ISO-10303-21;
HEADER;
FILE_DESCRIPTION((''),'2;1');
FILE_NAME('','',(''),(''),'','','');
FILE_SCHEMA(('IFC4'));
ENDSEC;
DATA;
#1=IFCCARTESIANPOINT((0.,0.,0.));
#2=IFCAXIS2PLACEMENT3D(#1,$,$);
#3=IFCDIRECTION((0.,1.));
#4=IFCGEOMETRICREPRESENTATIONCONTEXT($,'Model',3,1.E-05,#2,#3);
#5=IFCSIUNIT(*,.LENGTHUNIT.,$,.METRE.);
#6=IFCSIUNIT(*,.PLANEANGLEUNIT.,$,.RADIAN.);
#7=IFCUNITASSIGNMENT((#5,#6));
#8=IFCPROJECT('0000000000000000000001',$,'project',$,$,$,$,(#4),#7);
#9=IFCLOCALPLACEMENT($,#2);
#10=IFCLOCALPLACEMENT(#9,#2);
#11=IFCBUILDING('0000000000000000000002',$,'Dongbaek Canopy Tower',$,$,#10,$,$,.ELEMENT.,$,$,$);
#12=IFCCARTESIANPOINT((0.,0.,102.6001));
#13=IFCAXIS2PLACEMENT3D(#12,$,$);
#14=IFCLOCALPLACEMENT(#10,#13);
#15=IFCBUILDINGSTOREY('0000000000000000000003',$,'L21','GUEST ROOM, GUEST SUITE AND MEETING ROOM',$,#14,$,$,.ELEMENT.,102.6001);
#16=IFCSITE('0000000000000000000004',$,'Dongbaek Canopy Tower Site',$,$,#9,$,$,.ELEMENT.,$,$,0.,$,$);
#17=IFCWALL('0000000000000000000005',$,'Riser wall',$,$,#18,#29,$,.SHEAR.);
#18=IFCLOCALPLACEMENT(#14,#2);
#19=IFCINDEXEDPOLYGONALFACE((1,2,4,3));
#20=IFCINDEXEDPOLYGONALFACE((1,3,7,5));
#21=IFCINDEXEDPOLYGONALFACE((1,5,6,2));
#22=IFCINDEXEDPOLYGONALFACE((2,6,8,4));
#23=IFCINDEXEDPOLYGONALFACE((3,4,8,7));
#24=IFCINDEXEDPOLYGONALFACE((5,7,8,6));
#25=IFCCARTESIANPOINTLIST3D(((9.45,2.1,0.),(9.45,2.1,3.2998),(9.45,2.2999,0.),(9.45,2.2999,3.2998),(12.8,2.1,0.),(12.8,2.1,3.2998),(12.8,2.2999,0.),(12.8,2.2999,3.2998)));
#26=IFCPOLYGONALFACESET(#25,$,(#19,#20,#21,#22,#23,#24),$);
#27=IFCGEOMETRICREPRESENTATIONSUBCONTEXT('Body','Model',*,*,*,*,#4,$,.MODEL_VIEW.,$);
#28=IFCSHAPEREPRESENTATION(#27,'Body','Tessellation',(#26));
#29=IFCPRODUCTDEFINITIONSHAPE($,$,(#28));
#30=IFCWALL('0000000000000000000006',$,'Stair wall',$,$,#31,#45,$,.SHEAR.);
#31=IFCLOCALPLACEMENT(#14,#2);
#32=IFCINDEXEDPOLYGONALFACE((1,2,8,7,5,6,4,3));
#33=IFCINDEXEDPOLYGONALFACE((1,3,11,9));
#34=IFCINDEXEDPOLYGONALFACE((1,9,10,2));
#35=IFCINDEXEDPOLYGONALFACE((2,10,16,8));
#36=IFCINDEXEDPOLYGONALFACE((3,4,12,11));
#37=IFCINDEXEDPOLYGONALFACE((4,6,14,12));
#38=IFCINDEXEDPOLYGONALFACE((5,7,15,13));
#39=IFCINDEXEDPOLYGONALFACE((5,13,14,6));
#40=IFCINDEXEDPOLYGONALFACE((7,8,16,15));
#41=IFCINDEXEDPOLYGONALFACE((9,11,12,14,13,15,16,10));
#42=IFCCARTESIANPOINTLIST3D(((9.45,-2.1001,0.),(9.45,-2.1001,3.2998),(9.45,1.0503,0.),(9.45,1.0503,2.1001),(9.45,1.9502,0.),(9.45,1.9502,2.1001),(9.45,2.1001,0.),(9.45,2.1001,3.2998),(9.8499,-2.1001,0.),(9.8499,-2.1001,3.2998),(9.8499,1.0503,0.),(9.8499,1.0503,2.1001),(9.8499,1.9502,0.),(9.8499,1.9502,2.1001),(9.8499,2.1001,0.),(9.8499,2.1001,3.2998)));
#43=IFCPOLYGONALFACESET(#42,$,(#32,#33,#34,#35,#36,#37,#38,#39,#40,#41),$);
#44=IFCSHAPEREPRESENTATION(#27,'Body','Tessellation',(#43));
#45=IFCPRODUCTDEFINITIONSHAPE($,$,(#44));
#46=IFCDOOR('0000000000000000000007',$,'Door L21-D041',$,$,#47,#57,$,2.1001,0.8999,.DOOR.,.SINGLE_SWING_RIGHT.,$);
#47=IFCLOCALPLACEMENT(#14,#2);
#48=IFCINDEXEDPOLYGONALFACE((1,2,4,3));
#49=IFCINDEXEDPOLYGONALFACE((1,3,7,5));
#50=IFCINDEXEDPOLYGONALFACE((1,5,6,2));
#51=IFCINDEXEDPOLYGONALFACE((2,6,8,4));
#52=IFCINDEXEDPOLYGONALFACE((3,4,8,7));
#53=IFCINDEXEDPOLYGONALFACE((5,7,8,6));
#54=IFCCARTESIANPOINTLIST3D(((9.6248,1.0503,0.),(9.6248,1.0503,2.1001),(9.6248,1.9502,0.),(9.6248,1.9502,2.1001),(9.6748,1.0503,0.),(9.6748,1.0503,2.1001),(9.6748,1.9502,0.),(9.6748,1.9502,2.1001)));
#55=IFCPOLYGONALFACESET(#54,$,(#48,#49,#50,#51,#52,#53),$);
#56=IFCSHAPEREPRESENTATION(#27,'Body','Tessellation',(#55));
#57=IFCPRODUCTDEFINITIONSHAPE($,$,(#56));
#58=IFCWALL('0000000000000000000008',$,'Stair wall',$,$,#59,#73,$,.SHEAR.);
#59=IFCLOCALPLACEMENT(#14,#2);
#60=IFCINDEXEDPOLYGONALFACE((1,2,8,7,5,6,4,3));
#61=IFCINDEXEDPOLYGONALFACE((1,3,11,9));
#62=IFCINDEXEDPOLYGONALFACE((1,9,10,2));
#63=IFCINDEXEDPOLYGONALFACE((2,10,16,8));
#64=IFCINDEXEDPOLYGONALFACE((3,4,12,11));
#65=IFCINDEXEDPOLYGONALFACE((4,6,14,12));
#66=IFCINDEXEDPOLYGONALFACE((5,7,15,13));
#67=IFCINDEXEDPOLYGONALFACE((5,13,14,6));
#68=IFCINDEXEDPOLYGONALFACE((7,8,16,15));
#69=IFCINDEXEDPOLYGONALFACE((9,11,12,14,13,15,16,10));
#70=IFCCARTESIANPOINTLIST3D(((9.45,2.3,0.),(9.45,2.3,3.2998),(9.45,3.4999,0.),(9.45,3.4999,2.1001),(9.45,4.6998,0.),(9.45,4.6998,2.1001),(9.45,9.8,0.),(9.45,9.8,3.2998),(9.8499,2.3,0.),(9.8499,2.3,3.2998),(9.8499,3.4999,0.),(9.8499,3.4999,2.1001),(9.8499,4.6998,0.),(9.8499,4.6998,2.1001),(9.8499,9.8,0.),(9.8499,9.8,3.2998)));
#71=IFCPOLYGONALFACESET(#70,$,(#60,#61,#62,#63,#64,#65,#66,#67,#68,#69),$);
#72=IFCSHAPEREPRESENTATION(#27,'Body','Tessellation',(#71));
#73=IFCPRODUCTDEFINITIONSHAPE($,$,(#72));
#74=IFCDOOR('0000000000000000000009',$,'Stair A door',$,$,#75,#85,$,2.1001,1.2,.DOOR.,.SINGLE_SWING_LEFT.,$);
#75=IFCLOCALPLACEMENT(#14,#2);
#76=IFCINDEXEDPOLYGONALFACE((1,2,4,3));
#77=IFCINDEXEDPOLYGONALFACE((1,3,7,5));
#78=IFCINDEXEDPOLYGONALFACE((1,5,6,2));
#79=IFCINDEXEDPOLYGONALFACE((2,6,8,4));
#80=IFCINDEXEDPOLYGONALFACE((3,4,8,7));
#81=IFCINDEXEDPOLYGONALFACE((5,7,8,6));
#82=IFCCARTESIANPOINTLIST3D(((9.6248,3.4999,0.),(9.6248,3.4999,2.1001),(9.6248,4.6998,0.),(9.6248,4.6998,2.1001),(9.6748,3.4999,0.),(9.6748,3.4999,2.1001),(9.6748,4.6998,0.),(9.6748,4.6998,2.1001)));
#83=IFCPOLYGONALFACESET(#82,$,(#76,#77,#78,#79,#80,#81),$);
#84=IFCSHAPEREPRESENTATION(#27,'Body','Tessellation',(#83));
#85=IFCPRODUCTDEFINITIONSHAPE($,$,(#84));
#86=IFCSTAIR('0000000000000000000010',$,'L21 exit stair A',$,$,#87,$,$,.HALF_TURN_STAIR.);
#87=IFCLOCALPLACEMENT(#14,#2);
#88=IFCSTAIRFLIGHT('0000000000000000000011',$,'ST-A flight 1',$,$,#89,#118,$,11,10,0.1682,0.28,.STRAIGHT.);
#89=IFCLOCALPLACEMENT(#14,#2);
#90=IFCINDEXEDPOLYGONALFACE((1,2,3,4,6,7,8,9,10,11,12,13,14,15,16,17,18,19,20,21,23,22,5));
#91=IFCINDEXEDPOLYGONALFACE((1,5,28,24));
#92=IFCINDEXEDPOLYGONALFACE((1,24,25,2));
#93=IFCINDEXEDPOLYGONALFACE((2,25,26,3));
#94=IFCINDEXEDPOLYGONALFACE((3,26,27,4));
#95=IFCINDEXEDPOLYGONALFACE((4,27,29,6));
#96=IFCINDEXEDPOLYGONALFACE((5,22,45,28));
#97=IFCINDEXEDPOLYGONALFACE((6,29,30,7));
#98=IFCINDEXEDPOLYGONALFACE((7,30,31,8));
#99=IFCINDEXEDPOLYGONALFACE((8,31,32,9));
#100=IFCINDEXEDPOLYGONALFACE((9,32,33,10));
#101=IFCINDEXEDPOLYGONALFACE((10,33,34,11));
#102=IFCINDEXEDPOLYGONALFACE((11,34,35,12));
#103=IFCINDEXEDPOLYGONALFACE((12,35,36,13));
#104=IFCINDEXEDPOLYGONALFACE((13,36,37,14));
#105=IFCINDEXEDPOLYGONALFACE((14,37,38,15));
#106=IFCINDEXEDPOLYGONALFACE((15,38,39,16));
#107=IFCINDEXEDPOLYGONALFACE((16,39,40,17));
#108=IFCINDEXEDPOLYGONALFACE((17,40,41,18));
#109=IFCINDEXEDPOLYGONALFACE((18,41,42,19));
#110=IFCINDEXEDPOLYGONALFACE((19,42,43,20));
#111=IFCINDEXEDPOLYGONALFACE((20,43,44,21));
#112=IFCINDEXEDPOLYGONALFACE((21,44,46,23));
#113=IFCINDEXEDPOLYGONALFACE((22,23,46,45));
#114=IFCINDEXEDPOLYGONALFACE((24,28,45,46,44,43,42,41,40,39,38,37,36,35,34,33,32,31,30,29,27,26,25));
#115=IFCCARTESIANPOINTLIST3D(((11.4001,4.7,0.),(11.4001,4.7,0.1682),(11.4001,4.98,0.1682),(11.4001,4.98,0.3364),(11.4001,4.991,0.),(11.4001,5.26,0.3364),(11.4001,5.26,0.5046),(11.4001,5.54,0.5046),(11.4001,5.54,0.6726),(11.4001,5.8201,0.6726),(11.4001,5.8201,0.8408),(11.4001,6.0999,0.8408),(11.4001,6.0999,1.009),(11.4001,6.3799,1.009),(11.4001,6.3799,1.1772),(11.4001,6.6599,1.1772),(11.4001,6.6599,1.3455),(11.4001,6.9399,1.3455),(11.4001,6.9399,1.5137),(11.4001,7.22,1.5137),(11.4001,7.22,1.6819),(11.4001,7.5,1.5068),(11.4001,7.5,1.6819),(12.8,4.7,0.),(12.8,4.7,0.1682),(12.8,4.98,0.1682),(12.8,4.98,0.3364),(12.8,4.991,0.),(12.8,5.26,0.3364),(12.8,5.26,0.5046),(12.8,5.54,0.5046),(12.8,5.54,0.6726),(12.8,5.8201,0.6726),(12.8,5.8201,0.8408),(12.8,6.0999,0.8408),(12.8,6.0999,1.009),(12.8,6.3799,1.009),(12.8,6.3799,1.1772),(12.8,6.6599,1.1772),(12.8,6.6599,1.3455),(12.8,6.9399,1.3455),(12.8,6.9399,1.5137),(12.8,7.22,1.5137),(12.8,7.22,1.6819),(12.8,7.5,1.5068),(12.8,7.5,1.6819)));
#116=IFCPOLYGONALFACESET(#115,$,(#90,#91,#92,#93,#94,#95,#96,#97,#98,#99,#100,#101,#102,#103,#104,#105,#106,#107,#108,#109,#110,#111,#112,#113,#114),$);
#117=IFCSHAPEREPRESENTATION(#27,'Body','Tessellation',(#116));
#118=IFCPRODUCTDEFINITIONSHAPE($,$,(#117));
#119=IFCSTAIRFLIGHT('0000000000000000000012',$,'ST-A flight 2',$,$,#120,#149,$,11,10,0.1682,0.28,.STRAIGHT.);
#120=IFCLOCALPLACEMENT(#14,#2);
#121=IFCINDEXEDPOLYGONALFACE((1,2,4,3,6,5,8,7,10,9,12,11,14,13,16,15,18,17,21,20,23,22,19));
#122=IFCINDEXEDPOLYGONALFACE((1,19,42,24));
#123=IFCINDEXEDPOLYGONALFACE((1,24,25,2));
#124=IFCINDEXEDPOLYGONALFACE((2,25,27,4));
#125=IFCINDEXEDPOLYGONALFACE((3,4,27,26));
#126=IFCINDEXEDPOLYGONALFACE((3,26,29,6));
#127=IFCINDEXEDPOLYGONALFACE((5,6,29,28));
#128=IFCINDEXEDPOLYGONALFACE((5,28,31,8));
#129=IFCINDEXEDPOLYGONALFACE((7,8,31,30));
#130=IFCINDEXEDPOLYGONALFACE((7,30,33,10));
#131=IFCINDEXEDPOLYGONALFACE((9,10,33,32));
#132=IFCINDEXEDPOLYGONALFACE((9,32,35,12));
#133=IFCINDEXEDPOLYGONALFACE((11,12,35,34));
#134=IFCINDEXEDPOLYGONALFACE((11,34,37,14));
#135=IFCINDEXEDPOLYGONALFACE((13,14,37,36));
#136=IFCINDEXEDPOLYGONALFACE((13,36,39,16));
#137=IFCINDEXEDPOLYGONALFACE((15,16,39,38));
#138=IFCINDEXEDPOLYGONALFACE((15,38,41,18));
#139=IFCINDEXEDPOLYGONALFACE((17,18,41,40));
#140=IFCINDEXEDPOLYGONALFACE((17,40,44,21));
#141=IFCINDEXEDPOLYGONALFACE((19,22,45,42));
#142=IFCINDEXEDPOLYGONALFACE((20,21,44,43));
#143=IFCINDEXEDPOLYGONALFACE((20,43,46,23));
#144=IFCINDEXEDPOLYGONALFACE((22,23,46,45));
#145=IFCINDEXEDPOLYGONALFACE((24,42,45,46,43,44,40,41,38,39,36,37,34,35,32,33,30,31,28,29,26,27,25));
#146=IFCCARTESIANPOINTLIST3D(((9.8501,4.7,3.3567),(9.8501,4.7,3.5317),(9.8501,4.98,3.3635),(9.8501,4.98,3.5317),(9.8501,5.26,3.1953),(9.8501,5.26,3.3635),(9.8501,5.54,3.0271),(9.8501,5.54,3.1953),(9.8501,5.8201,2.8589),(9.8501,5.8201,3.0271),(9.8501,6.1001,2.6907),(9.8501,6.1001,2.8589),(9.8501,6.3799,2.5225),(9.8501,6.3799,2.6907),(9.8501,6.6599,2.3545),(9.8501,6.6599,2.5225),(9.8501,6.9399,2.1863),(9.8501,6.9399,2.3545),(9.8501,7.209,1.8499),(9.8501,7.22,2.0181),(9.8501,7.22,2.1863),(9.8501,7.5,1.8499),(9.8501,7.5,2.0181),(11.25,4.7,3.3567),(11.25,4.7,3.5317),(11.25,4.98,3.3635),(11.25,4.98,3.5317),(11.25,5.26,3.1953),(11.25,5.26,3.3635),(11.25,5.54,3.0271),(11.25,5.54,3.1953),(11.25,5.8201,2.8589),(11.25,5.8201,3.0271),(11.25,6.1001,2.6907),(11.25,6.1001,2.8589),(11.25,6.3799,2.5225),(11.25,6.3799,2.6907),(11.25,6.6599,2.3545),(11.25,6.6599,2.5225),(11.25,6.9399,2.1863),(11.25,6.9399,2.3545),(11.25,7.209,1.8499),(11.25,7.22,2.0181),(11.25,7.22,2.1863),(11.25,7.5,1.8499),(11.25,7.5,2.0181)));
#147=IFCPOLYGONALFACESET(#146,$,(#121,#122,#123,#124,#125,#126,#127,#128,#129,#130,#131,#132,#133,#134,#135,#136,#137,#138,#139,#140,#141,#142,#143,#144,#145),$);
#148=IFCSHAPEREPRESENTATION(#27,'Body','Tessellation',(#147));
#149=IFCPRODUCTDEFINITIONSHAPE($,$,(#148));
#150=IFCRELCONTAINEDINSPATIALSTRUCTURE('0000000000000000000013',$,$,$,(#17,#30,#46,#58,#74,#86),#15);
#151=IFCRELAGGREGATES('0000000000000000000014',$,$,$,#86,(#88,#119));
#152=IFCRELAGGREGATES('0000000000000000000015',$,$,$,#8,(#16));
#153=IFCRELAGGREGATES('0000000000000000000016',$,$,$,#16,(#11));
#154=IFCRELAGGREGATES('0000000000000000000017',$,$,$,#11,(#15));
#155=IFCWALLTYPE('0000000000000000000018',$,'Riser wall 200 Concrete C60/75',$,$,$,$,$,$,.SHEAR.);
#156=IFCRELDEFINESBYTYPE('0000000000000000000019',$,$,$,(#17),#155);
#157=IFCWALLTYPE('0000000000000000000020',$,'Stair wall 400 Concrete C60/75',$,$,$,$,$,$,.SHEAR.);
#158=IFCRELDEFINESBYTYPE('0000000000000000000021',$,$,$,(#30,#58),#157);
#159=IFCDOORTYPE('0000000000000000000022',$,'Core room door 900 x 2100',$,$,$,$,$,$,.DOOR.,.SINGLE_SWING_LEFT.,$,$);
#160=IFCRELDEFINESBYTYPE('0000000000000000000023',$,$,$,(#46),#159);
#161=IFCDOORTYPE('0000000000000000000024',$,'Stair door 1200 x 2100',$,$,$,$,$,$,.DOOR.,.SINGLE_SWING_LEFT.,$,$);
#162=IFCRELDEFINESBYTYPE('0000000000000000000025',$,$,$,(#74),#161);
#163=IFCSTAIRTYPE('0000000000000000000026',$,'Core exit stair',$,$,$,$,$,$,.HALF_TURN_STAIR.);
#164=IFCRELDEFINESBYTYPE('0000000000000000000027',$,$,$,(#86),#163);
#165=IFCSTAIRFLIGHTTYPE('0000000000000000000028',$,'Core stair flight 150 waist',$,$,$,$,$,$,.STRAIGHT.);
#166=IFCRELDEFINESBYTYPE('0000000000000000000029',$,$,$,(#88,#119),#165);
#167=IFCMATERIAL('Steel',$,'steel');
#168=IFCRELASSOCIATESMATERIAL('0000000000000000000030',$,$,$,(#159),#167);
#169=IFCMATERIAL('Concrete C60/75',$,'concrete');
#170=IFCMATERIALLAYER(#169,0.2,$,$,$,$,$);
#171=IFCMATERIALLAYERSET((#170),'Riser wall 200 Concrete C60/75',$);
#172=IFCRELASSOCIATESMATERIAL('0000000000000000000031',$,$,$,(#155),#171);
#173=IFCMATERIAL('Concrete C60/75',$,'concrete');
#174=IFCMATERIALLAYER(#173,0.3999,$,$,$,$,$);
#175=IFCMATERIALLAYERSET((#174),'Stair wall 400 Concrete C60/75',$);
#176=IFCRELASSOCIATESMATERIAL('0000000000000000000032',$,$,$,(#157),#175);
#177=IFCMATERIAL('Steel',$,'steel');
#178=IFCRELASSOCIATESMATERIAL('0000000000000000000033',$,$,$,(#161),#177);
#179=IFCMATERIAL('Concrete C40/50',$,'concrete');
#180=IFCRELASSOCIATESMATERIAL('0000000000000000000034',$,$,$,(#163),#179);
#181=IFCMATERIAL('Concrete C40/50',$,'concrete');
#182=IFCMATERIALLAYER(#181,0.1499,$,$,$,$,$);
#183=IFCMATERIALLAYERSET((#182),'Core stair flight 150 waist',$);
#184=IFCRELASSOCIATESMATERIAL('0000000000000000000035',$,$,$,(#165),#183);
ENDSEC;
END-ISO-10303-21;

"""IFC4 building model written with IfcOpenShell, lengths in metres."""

from ifc_helpers import new_model, si_unit, direction, frame, frame_2d, origin, place, context, subcontext, project, spatial, polyline, rectangle, outline, extrude, material, layer, layer_set, type_object, element, fill, aggregate, save


model = new_model("IFC4")

# Units and contexts
model_context = context("Model", 3, precision=1e-05, world=origin(), true_north=direction((0.0, 1.0)))
body_context = subcontext(model_context, "Body", "Model", "MODEL_VIEW")
ifc_project = project(units=[si_unit("LENGTHUNIT", "METRE"), si_unit("PLANEANGLEUNIT", "RADIAN")], contexts=[model_context])

# Site, building, storey
site_placement = place(None, origin())
site = spatial("IfcSite", under=ifc_project, at=site_placement, Name="Dongbaek Canopy Tower Site", CompositionType="ELEMENT", RefElevation=0.0)
building_placement = place(site_placement, origin())
building = spatial("IfcBuilding", under=site, at=building_placement, Name="Dongbaek Canopy Tower", CompositionType="ELEMENT")
storey_placement = place(building_placement, frame((0.0, 0.0, 102.6001)))
storey = spatial("IfcBuildingStorey", under=building, at=storey_placement, Name="L21", Description="GUEST ROOM, GUEST SUITE AND MEETING ROOM", CompositionType="ELEMENT", Elevation=102.6001)

# Shared definitions
ifc_material_1 = material(Name="Steel", Category="steel")
door_type_1 = type_object("IfcDoorType", Name="Core room door 900 x 2100", OperationType="SINGLE_SWING_LEFT", PredefinedType="DOOR", material=ifc_material_1)

# Wall
ifc_material_2 = material(Name="Concrete C60/75", Category="concrete")
ifc_layer_1 = layer(ifc_material_2, 0.2)
ifc_layer_set_1 = layer_set([ifc_layer_1], Name="Riser wall 200 Concrete C60/75")
wall_type_1 = type_object("IfcWallType", Name="Riser wall 200 Concrete C60/75", PredefinedType="SHEAR", material=ifc_layer_set_1)
wall_1_placement = place(storey_placement, frame((9.45, 2.2, 0.0), z_axis=(0.0, 0.0, 1.0), x_axis=(1.0, 0.0, 0.0)))
element("IfcWall", 1, at=wall_1_placement, inside=storey, type_object=wall_type_1, Name="Riser wall", PredefinedType="SHEAR", context=body_context, shape_type="SweptSolid", body=[
    extrude(rectangle(XDim=3.3501, YDim=0.2, at=frame_2d((1.675, 0.0))), origin(), (0.0, 0.0, 1.0), 3.2998),
])

# Walls, openings, doors
ifc_material_3 = material(Name="Concrete C60/75", Category="concrete")
ifc_layer_2 = layer(ifc_material_3, 0.3999)
ifc_layer_set_2 = layer_set([ifc_layer_2], Name="Stair wall 400 Concrete C60/75")
wall_type_2 = type_object("IfcWallType", Name="Stair wall 400 Concrete C60/75", PredefinedType="SHEAR", material=ifc_layer_set_2)
wall_2_placement = place(storey_placement, frame((9.6499, 2.1001, 0.0), z_axis=(0.0, 0.0, 1.0), x_axis=(0.0, -1.0, 0.0)))
wall_2 = element("IfcWall", 2, at=wall_2_placement, inside=storey, type_object=wall_type_2, Name="Stair wall", PredefinedType="SHEAR", context=body_context, shape_type="SweptSolid", body=[
    extrude(rectangle(XDim=4.2002, YDim=0.3999, at=frame_2d((2.1001, 0.0))), origin(), (0.0, 0.0, 1.0), 3.2998),
])
opening_1_placement = place(wall_2_placement, frame((0.1499, 0.0, 0.0)))
opening_1 = element("IfcOpeningElement", 3, at=opening_1_placement, cuts=wall_2, PredefinedType="OPENING", context=body_context, shape_type="SweptSolid", body=[
    extrude(rectangle(XDim=0.8999, YDim=2.1001, at=frame_2d((0.45, 1.05))), frame((0.0, 0.21, 0.0), z_axis=(0.0, -1.0, 0.0), x_axis=(1.0, 0.0, 0.0)), (0.0, 0.0, 1.0), 0.4199),
])
door_1_placement = place(opening_1_placement, origin())
door_1 = element("IfcDoor", 4, at=door_1_placement, inside=storey, type_object=door_type_1, Name="Door L21-D041", OperationType="SINGLE_SWING_RIGHT", OverallHeight=2.1001, OverallWidth=0.8999, PredefinedType="DOOR", context=body_context, shape_type="SweptSolid", body=[
    extrude(rectangle(XDim=0.8999, YDim=2.1001, at=frame_2d((0.45, 1.05))), frame((0.0, 0.0249, 0.0), z_axis=(0.0, -1.0, 0.0), x_axis=(1.0, 0.0, 0.0)), (0.0, 0.0, 1.0), 0.05),
])
fill(opening_1, door_1)
wall_3_placement = place(storey_placement, frame((9.6499, 9.8, 0.0), z_axis=(0.0, 0.0, 1.0), x_axis=(0.0, -1.0, 0.0)))
wall_3 = element("IfcWall", 5, at=wall_3_placement, inside=storey, type_object=wall_type_2, Name="Stair wall", PredefinedType="SHEAR", context=body_context, shape_type="SweptSolid", body=[
    extrude(rectangle(XDim=7.5, YDim=0.3999, at=frame_2d((3.75, 0.0))), origin(), (0.0, 0.0, 1.0), 3.2998),
])
opening_2_placement = place(wall_3_placement, frame((5.1001, 0.0, 0.0)))
opening_2 = element("IfcOpeningElement", 6, at=opening_2_placement, cuts=wall_3, PredefinedType="OPENING", context=body_context, shape_type="SweptSolid", body=[
    extrude(rectangle(XDim=1.2, YDim=2.1001, at=frame_2d((0.6001, 1.05))), frame((0.0, 0.21, 0.0), z_axis=(0.0, -1.0, 0.0), x_axis=(1.0, 0.0, 0.0)), (0.0, 0.0, 1.0), 0.4199),
])
ifc_material_4 = material(Name="Steel", Category="steel")
door_type_2 = type_object("IfcDoorType", Name="Stair door 1200 x 2100", OperationType="SINGLE_SWING_LEFT", PredefinedType="DOOR", material=ifc_material_4)
door_2_placement = place(opening_2_placement, origin())
door_2 = element("IfcDoor", 7, at=door_2_placement, inside=storey, type_object=door_type_2, Name="Stair A door", OperationType="SINGLE_SWING_LEFT", OverallHeight=2.1001, OverallWidth=1.2, PredefinedType="DOOR", context=body_context, shape_type="SweptSolid", body=[
    extrude(rectangle(XDim=1.2, YDim=2.1001, at=frame_2d((0.6001, 1.05))), frame((0.0, 0.0249, 0.0), z_axis=(0.0, -1.0, 0.0), x_axis=(1.0, 0.0, 0.0)), (0.0, 0.0, 1.0), 0.05),
])
fill(opening_2, door_2)

# Stair, stair flights
ifc_material_5 = material(Name="Concrete C40/50", Category="concrete")
stair_type = type_object("IfcStairType", Name="Core exit stair", PredefinedType="HALF_TURN_STAIR", material=ifc_material_5)
stair_placement = place(storey_placement, origin())
stair = element("IfcStair", 8, at=stair_placement, inside=storey, type_object=stair_type, Name="L21 exit stair A", PredefinedType="HALF_TURN_STAIR")
ifc_material_6 = material(Name="Concrete C40/50", Category="concrete")
ifc_layer_3 = layer(ifc_material_6, 0.1499)
ifc_layer_set_3 = layer_set([ifc_layer_3], Name="Core stair flight 150 waist")
stair_flight_type = type_object("IfcStairFlightType", Name="Core stair flight 150 waist", PredefinedType="STRAIGHT", material=ifc_layer_set_3)
stair_flight_1_placement = place(storey_placement, frame((12.1001, 4.7, 0.0), z_axis=(0.0, 0.0, 1.0), x_axis=(0.0, 1.0, 0.0)))
stair_flight_1 = element("IfcStairFlight", 9, at=stair_flight_1_placement, type_object=stair_flight_type, Name="ST-A flight 1", NumberOfRisers=11, NumberOfTreads=10, PredefinedType="STRAIGHT", RiserHeight=0.1682, TreadLength=0.28, context=body_context, shape_type="SweptSolid", body=[
    extrude(outline(polyline([(0.0, 0.0), (0.0, 0.1682), (0.28, 0.1682), (0.28, 0.3364), (0.5601, 0.3364), (0.5601, 0.5046), (0.8401, 0.5046), (0.8401, 0.6726), (1.1201, 0.6726), (1.1201, 0.8408), (1.3999, 0.8408), (1.3999, 1.009), (1.6799, 1.009), (1.6799, 1.1772), (1.96, 1.1772), (1.96, 1.3455), (2.24, 1.3455), (2.24, 1.5137), (2.52, 1.5137), (2.52, 1.6819), (2.8, 1.6819), (2.8, 1.8501), (2.8, 1.5068), (0.291, 0.0), (0.0, 0.0)])), frame((0.0, 0.7, 0.0), z_axis=(0.0, -1.0, 0.0), x_axis=(1.0, 0.0, 0.0)), (0.0, 0.0, 1.0), 1.3999),
])
stair_flight_2_placement = place(storey_placement, frame((10.55, 7.5, 1.8499), z_axis=(0.0, 0.0, 1.0), x_axis=(0.0, -1.0, 0.0)))
stair_flight_2 = element("IfcStairFlight", 10, at=stair_flight_2_placement, type_object=stair_flight_type, Name="ST-A flight 2", NumberOfRisers=11, NumberOfTreads=10, PredefinedType="STRAIGHT", RiserHeight=0.1682, TreadLength=0.28, context=body_context, shape_type="SweptSolid", body=[
    extrude(outline(polyline([(0.0, 0.0), (0.0, 0.1682), (0.28, 0.1682), (0.28, 0.3364), (0.5601, 0.3364), (0.5601, 0.5046), (0.8401, 0.5046), (0.8401, 0.6726), (1.1201, 0.6726), (1.1201, 0.8408), (1.3999, 0.8408), (1.3999, 1.009), (1.6799, 1.009), (1.6799, 1.1772), (1.96, 1.1772), (1.96, 1.3455), (2.24, 1.3455), (2.24, 1.5137), (2.52, 1.5137), (2.52, 1.6819), (2.8, 1.6819), (2.8, 1.8501), (2.8, 1.5068), (0.291, 0.0), (0.0, 0.0)])), frame((0.0, 0.7, 0.0), z_axis=(0.0, -1.0, 0.0), x_axis=(1.0, 0.0, 0.0)), (0.0, 0.0, 1.0), 1.3999),
])
aggregate(stair, [stair_flight_1, stair_flight_2])

save(model, "model.ifc")
